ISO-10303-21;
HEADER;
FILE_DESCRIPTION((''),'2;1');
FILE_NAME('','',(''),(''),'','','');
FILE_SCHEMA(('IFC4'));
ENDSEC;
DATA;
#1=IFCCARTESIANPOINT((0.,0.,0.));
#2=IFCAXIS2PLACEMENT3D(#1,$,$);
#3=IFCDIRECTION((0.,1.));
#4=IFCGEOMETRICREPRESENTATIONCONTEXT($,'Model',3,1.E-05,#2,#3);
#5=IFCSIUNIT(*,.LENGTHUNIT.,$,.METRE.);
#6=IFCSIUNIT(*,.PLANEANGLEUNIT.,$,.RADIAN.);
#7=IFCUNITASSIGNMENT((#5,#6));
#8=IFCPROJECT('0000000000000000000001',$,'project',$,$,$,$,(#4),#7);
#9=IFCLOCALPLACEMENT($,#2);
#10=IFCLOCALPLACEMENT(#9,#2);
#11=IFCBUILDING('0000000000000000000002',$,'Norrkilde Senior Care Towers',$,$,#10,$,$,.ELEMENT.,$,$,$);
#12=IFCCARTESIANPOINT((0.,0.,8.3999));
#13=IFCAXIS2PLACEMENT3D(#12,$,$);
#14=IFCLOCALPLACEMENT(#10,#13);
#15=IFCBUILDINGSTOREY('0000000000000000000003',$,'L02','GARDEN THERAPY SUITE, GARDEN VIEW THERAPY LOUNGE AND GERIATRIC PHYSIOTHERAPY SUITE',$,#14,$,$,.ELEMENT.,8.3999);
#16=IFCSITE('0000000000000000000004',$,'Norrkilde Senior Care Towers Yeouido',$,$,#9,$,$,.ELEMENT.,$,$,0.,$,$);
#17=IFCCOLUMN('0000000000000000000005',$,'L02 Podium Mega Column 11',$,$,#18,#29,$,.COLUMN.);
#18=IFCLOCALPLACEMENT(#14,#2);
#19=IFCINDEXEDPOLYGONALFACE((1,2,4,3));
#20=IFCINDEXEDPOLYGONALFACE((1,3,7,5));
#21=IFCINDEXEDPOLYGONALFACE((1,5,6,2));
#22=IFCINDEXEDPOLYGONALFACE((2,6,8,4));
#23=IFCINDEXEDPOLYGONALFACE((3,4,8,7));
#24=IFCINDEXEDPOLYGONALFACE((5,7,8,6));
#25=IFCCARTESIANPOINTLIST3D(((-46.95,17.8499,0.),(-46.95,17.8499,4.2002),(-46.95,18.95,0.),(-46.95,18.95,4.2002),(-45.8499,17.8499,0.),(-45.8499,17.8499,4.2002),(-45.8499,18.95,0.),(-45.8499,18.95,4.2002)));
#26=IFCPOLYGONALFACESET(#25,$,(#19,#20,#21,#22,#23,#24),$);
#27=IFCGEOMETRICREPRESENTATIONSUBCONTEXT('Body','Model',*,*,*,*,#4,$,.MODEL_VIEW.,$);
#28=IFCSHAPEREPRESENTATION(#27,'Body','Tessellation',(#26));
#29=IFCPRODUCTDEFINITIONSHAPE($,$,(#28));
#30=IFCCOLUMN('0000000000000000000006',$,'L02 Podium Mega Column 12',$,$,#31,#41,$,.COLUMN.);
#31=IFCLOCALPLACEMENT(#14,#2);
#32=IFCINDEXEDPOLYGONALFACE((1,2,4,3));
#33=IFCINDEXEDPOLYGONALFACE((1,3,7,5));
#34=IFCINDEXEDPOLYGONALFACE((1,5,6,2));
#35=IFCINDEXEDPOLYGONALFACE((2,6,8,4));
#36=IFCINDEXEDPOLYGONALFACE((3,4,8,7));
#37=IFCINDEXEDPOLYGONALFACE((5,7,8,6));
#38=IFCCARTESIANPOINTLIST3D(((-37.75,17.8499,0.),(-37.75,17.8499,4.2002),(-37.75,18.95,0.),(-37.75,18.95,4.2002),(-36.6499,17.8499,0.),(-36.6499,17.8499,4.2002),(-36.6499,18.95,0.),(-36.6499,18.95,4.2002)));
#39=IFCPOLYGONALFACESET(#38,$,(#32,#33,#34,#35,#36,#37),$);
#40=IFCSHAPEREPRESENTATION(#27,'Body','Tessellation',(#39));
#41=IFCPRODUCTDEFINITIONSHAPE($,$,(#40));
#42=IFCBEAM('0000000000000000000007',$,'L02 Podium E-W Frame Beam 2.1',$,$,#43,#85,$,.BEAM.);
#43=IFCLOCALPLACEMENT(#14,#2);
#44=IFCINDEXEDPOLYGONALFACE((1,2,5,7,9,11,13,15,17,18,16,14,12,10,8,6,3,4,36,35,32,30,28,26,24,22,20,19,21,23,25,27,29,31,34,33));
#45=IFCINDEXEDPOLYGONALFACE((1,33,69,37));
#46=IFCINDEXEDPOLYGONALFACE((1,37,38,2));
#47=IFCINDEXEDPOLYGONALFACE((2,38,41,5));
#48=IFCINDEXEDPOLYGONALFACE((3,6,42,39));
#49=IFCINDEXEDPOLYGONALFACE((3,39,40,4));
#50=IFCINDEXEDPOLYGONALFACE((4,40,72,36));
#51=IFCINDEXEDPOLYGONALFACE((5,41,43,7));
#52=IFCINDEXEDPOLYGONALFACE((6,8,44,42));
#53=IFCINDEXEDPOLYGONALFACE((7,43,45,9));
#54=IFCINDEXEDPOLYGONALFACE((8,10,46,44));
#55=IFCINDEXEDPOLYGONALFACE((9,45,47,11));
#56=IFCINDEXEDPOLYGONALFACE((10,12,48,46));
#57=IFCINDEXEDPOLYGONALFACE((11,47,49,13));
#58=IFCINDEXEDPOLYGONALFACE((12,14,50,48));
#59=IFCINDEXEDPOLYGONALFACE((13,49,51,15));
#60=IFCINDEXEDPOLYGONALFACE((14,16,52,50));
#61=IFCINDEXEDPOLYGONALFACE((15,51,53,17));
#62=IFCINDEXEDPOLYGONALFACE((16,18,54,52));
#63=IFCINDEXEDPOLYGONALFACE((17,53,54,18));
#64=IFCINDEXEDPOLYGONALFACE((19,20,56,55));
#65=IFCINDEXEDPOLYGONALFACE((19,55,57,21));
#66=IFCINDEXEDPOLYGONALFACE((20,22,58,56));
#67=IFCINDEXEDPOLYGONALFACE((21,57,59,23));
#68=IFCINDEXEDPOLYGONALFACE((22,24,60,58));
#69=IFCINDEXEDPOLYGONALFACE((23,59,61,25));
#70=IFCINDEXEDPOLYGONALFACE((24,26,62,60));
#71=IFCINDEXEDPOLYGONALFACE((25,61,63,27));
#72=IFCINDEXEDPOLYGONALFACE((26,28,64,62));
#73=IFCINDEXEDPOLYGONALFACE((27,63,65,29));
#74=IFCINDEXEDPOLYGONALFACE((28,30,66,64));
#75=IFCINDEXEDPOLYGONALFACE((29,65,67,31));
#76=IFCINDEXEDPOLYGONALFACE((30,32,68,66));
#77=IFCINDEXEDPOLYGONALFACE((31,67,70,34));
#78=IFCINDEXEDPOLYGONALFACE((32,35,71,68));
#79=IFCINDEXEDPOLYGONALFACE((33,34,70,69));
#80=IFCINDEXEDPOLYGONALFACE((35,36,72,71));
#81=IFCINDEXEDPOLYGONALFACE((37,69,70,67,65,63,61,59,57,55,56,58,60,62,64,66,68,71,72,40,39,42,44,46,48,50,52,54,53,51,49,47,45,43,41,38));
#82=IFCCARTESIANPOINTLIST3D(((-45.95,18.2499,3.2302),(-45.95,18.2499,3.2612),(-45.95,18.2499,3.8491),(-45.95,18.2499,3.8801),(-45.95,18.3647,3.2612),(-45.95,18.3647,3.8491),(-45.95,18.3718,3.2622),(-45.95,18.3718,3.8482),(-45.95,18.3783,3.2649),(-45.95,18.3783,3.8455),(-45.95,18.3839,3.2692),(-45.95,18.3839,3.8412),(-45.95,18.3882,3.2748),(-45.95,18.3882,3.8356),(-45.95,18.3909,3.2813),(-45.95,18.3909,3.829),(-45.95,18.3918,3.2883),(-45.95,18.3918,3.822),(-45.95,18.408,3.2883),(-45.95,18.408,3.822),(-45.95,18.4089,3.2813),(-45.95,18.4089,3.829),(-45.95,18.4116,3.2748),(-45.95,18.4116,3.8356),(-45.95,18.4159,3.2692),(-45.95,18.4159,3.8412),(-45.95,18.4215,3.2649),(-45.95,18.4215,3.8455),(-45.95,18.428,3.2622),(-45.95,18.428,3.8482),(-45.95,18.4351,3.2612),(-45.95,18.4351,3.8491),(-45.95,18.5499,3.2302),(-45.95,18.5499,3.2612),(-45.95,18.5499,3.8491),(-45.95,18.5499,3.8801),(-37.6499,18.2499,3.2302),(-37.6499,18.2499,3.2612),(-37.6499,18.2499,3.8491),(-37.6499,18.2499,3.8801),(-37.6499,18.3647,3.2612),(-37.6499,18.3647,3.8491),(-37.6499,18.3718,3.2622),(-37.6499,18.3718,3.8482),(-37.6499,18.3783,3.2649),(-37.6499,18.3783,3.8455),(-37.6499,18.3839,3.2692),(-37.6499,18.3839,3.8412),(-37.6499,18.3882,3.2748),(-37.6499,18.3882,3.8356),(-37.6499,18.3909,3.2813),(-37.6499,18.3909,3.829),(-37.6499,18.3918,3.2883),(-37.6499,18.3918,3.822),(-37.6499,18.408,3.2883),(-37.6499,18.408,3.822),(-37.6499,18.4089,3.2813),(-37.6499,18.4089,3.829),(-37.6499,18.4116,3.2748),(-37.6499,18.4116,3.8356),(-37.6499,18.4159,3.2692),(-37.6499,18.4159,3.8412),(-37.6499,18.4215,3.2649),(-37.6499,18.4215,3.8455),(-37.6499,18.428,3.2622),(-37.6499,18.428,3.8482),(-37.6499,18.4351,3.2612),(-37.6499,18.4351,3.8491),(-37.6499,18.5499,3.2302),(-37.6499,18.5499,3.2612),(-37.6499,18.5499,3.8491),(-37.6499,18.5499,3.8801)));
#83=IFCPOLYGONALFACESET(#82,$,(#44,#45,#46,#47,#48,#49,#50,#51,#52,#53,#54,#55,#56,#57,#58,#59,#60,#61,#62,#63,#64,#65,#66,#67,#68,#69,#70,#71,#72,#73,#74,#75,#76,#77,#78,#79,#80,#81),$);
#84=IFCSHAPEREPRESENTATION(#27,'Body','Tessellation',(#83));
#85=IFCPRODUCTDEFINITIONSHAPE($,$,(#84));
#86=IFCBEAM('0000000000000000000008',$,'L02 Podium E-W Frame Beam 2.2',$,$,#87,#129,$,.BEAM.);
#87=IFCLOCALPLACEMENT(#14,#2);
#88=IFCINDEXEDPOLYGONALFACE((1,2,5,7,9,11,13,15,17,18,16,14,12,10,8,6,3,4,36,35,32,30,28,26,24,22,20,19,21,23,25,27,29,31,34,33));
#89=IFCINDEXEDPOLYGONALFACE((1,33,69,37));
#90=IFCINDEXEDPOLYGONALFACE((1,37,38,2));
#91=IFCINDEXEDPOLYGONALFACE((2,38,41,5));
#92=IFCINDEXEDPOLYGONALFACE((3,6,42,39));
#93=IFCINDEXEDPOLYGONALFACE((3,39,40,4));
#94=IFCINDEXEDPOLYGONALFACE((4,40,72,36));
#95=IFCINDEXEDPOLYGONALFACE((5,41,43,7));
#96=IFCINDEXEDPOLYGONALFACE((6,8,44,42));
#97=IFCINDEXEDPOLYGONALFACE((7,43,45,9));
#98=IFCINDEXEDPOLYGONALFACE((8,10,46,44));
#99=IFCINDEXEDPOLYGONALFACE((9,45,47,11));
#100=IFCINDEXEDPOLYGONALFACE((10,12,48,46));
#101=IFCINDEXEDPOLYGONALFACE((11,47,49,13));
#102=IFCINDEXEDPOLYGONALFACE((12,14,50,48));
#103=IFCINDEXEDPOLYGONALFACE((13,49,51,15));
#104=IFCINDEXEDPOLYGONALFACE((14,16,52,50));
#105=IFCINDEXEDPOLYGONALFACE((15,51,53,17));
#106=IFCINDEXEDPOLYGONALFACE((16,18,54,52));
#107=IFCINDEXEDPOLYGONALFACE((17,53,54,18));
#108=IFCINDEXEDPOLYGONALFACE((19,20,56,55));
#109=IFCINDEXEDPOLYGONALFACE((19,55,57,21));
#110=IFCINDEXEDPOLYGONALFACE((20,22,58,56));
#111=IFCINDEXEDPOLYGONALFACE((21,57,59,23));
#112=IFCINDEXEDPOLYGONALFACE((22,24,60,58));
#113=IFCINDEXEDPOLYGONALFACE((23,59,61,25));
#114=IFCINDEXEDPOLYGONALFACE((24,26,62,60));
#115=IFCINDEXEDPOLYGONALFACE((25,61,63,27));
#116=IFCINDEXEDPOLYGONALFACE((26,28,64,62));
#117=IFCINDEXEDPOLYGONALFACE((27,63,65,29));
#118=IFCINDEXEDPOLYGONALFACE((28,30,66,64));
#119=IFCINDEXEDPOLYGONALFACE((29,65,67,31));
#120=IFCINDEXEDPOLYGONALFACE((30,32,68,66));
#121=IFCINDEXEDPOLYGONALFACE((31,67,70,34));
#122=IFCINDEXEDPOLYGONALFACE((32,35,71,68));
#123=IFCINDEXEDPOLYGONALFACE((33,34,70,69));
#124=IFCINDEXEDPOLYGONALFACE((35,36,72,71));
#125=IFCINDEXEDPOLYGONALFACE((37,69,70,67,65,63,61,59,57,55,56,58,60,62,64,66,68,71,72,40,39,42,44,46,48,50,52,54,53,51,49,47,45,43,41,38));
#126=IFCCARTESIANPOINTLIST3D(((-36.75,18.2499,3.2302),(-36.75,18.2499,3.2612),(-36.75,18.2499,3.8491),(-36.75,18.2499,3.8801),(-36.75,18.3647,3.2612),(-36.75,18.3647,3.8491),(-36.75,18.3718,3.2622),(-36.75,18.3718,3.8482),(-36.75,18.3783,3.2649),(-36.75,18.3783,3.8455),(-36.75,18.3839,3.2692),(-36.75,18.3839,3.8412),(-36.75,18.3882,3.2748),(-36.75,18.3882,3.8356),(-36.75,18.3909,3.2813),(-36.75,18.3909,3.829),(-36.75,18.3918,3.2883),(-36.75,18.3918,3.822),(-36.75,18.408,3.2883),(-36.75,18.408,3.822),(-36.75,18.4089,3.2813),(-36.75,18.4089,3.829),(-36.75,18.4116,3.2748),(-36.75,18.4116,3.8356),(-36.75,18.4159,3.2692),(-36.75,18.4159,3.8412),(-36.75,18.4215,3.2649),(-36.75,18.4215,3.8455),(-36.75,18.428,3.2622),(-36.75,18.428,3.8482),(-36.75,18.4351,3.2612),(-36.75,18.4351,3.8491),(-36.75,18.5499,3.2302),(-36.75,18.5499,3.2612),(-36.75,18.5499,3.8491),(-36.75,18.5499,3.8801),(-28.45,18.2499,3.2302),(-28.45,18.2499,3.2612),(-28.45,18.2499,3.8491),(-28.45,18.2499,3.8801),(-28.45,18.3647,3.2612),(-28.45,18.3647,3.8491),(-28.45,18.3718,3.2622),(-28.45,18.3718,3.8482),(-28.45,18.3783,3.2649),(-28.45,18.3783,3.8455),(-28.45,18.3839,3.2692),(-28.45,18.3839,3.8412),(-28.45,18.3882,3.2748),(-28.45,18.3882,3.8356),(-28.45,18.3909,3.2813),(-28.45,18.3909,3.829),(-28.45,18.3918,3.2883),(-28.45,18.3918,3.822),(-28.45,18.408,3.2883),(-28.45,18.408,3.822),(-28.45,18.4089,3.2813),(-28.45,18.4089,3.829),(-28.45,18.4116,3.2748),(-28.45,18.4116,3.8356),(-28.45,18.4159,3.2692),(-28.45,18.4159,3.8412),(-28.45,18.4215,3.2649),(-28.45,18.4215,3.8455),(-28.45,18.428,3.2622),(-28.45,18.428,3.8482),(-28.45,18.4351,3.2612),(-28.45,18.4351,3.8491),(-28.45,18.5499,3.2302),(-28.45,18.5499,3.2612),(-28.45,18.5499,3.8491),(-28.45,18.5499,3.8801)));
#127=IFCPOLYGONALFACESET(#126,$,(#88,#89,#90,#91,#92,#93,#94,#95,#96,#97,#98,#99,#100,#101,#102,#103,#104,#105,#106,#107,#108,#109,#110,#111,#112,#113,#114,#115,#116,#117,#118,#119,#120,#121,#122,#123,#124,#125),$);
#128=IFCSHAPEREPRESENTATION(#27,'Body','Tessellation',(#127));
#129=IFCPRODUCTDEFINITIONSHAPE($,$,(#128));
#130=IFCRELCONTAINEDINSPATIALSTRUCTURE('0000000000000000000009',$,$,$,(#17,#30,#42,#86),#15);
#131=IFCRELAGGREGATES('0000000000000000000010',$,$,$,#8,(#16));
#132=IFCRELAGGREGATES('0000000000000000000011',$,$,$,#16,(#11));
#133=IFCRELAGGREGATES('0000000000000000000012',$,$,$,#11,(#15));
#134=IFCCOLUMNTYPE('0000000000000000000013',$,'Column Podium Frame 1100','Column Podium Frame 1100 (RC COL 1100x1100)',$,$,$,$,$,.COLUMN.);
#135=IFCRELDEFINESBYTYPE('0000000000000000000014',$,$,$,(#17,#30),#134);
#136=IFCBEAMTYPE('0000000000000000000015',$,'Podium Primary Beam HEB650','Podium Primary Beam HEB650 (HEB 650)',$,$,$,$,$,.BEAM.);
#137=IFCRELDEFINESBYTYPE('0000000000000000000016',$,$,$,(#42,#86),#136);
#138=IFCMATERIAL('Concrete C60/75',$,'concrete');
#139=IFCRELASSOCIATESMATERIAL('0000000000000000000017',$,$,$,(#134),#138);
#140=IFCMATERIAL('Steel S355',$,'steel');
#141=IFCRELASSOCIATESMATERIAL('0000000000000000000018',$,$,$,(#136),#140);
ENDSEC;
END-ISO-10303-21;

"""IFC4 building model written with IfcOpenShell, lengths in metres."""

from ifc_helpers import new_model, si_unit, direction, frame, origin, origin_2d, place, context, subcontext, project, spatial, rectangle, i_section, extrude, source, transform, mapped, material, material_profile, profile_set, type_object, type_shapes, element, save


model = new_model("IFC4")

# Units and contexts
model_context = context("Model", 3, precision=1e-05, world=origin(), true_north=direction((0.0, 1.0)))
body_context = subcontext(model_context, "Body", "Model", "MODEL_VIEW")
ifc_project = project(units=[si_unit("LENGTHUNIT", "METRE"), si_unit("PLANEANGLEUNIT", "RADIAN")], contexts=[model_context])

# Site, building, storey
site_placement = place(None, origin())
site = spatial("IfcSite", under=ifc_project, at=site_placement, Name="Norrkilde Senior Care Towers Yeouido", CompositionType="ELEMENT", RefElevation=0.0)
building_placement = place(site_placement, origin())
building = spatial("IfcBuilding", under=site, at=building_placement, Name="Norrkilde Senior Care Towers", CompositionType="ELEMENT")
storey_placement = place(building_placement, frame((0.0, 0.0, 8.3999)))
storey = spatial("IfcBuildingStorey", under=building, at=storey_placement, Name="L02", Description="GARDEN THERAPY SUITE, GARDEN VIEW THERAPY LOUNGE AND GERIATRIC PHYSIOTHERAPY SUITE", CompositionType="ELEMENT", Elevation=8.3999)

# Columns
ifc_material_1 = material(Name="Concrete C60/75", Category="concrete")
ifc_material_profile_1 = material_profile(ifc_material_1, rectangle(XDim=1.1001, YDim=1.1001, at=origin_2d()), Name="RC COL 1100x1100")
ifc_profile_set_1 = profile_set([ifc_material_profile_1], Name="Concrete C60/75")
column_type = type_object("IfcColumnType", Name="Column Podium Frame 1100", Description="Column Podium Frame 1100 (RC COL 1100x1100)", PredefinedType="COLUMN", material=ifc_profile_set_1)
shared_shape_1 = source(origin(), body_context, "Body", "SweptSolid", [
    extrude(rectangle(XDim=1.1001, YDim=1.1001, at=origin_2d()), origin(), (0.0, 0.0, 1.0), 4.2002),
])
type_shapes(column_type, [shared_shape_1])
for number, where, z_axis, x_axis, name in (
    (1, (-46.3999, 18.3999, 0.0), (0.0, 0.0, 1.0), (1.0, 0.0, 0.0), "L02 Podium Mega Column 11"),
    (2, (-37.2, 18.3999, 0.0), (0.0, 0.0, 1.0), (1.0, 0.0, 0.0), "L02 Podium Mega Column 12"),
):
    element("IfcColumn", number, at=place(storey_placement, frame(where, z_axis=z_axis, x_axis=x_axis)), inside=storey, type_object=column_type, Name=name, PredefinedType="COLUMN", context=body_context, shape_type="MappedRepresentation", body=[
        mapped(shared_shape_1, transform((0.0, 0.0, 0.0), x_axis=(1.0, 0.0, 0.0), y_axis=(0.0, 1.0, 0.0), z_axis=(0.0, 0.0, 1.0), scale=1.0)),
    ])

# Beams
ifc_material_2 = material(Name="Steel S355", Category="steel")
ifc_material_profile_2 = material_profile(ifc_material_2, i_section(OverallWidth=0.3, OverallDepth=0.6499, WebThickness=0.0161, FlangeThickness=0.031, FilletRadius=0.0271, at=origin_2d()), Name="HEB 650")
ifc_profile_set_2 = profile_set([ifc_material_profile_2], Name="Steel S355")
beam_type = type_object("IfcBeamType", Name="Podium Primary Beam HEB650", Description="Podium Primary Beam HEB650 (HEB 650)", PredefinedType="BEAM", material=ifc_profile_set_2)
shared_shape_2 = source(origin(), body_context, "Body", "SweptSolid", [
    extrude(i_section(OverallWidth=0.3, OverallDepth=0.6499, WebThickness=0.0161, FlangeThickness=0.031, FilletRadius=0.0271, at=origin_2d()), origin(), (0.0, 0.0, 1.0), 8.3),
])
type_shapes(beam_type, [shared_shape_2])
for number, where, z_axis, x_axis, name in (
    (3, (-45.95, 18.3999, 3.5552), (1.0, 0.0, 0.0), (0.0, 1.0, 0.0), "L02 Podium E-W Frame Beam 2.1"),
    (4, (-36.75, 18.3999, 3.5552), (1.0, 0.0, 0.0), (0.0, 1.0, 0.0), "L02 Podium E-W Frame Beam 2.2"),
):
    element("IfcBeam", number, at=place(storey_placement, frame(where, z_axis=z_axis, x_axis=x_axis)), inside=storey, type_object=beam_type, Name=name, PredefinedType="BEAM", context=body_context, shape_type="MappedRepresentation", body=[
        mapped(shared_shape_2, transform((0.0, 0.0, 0.0), x_axis=(1.0, 0.0, 0.0), y_axis=(0.0, 1.0, 0.0), z_axis=(0.0, 0.0, 1.0), scale=1.0)),
    ])

save(model, "model.ifc")
